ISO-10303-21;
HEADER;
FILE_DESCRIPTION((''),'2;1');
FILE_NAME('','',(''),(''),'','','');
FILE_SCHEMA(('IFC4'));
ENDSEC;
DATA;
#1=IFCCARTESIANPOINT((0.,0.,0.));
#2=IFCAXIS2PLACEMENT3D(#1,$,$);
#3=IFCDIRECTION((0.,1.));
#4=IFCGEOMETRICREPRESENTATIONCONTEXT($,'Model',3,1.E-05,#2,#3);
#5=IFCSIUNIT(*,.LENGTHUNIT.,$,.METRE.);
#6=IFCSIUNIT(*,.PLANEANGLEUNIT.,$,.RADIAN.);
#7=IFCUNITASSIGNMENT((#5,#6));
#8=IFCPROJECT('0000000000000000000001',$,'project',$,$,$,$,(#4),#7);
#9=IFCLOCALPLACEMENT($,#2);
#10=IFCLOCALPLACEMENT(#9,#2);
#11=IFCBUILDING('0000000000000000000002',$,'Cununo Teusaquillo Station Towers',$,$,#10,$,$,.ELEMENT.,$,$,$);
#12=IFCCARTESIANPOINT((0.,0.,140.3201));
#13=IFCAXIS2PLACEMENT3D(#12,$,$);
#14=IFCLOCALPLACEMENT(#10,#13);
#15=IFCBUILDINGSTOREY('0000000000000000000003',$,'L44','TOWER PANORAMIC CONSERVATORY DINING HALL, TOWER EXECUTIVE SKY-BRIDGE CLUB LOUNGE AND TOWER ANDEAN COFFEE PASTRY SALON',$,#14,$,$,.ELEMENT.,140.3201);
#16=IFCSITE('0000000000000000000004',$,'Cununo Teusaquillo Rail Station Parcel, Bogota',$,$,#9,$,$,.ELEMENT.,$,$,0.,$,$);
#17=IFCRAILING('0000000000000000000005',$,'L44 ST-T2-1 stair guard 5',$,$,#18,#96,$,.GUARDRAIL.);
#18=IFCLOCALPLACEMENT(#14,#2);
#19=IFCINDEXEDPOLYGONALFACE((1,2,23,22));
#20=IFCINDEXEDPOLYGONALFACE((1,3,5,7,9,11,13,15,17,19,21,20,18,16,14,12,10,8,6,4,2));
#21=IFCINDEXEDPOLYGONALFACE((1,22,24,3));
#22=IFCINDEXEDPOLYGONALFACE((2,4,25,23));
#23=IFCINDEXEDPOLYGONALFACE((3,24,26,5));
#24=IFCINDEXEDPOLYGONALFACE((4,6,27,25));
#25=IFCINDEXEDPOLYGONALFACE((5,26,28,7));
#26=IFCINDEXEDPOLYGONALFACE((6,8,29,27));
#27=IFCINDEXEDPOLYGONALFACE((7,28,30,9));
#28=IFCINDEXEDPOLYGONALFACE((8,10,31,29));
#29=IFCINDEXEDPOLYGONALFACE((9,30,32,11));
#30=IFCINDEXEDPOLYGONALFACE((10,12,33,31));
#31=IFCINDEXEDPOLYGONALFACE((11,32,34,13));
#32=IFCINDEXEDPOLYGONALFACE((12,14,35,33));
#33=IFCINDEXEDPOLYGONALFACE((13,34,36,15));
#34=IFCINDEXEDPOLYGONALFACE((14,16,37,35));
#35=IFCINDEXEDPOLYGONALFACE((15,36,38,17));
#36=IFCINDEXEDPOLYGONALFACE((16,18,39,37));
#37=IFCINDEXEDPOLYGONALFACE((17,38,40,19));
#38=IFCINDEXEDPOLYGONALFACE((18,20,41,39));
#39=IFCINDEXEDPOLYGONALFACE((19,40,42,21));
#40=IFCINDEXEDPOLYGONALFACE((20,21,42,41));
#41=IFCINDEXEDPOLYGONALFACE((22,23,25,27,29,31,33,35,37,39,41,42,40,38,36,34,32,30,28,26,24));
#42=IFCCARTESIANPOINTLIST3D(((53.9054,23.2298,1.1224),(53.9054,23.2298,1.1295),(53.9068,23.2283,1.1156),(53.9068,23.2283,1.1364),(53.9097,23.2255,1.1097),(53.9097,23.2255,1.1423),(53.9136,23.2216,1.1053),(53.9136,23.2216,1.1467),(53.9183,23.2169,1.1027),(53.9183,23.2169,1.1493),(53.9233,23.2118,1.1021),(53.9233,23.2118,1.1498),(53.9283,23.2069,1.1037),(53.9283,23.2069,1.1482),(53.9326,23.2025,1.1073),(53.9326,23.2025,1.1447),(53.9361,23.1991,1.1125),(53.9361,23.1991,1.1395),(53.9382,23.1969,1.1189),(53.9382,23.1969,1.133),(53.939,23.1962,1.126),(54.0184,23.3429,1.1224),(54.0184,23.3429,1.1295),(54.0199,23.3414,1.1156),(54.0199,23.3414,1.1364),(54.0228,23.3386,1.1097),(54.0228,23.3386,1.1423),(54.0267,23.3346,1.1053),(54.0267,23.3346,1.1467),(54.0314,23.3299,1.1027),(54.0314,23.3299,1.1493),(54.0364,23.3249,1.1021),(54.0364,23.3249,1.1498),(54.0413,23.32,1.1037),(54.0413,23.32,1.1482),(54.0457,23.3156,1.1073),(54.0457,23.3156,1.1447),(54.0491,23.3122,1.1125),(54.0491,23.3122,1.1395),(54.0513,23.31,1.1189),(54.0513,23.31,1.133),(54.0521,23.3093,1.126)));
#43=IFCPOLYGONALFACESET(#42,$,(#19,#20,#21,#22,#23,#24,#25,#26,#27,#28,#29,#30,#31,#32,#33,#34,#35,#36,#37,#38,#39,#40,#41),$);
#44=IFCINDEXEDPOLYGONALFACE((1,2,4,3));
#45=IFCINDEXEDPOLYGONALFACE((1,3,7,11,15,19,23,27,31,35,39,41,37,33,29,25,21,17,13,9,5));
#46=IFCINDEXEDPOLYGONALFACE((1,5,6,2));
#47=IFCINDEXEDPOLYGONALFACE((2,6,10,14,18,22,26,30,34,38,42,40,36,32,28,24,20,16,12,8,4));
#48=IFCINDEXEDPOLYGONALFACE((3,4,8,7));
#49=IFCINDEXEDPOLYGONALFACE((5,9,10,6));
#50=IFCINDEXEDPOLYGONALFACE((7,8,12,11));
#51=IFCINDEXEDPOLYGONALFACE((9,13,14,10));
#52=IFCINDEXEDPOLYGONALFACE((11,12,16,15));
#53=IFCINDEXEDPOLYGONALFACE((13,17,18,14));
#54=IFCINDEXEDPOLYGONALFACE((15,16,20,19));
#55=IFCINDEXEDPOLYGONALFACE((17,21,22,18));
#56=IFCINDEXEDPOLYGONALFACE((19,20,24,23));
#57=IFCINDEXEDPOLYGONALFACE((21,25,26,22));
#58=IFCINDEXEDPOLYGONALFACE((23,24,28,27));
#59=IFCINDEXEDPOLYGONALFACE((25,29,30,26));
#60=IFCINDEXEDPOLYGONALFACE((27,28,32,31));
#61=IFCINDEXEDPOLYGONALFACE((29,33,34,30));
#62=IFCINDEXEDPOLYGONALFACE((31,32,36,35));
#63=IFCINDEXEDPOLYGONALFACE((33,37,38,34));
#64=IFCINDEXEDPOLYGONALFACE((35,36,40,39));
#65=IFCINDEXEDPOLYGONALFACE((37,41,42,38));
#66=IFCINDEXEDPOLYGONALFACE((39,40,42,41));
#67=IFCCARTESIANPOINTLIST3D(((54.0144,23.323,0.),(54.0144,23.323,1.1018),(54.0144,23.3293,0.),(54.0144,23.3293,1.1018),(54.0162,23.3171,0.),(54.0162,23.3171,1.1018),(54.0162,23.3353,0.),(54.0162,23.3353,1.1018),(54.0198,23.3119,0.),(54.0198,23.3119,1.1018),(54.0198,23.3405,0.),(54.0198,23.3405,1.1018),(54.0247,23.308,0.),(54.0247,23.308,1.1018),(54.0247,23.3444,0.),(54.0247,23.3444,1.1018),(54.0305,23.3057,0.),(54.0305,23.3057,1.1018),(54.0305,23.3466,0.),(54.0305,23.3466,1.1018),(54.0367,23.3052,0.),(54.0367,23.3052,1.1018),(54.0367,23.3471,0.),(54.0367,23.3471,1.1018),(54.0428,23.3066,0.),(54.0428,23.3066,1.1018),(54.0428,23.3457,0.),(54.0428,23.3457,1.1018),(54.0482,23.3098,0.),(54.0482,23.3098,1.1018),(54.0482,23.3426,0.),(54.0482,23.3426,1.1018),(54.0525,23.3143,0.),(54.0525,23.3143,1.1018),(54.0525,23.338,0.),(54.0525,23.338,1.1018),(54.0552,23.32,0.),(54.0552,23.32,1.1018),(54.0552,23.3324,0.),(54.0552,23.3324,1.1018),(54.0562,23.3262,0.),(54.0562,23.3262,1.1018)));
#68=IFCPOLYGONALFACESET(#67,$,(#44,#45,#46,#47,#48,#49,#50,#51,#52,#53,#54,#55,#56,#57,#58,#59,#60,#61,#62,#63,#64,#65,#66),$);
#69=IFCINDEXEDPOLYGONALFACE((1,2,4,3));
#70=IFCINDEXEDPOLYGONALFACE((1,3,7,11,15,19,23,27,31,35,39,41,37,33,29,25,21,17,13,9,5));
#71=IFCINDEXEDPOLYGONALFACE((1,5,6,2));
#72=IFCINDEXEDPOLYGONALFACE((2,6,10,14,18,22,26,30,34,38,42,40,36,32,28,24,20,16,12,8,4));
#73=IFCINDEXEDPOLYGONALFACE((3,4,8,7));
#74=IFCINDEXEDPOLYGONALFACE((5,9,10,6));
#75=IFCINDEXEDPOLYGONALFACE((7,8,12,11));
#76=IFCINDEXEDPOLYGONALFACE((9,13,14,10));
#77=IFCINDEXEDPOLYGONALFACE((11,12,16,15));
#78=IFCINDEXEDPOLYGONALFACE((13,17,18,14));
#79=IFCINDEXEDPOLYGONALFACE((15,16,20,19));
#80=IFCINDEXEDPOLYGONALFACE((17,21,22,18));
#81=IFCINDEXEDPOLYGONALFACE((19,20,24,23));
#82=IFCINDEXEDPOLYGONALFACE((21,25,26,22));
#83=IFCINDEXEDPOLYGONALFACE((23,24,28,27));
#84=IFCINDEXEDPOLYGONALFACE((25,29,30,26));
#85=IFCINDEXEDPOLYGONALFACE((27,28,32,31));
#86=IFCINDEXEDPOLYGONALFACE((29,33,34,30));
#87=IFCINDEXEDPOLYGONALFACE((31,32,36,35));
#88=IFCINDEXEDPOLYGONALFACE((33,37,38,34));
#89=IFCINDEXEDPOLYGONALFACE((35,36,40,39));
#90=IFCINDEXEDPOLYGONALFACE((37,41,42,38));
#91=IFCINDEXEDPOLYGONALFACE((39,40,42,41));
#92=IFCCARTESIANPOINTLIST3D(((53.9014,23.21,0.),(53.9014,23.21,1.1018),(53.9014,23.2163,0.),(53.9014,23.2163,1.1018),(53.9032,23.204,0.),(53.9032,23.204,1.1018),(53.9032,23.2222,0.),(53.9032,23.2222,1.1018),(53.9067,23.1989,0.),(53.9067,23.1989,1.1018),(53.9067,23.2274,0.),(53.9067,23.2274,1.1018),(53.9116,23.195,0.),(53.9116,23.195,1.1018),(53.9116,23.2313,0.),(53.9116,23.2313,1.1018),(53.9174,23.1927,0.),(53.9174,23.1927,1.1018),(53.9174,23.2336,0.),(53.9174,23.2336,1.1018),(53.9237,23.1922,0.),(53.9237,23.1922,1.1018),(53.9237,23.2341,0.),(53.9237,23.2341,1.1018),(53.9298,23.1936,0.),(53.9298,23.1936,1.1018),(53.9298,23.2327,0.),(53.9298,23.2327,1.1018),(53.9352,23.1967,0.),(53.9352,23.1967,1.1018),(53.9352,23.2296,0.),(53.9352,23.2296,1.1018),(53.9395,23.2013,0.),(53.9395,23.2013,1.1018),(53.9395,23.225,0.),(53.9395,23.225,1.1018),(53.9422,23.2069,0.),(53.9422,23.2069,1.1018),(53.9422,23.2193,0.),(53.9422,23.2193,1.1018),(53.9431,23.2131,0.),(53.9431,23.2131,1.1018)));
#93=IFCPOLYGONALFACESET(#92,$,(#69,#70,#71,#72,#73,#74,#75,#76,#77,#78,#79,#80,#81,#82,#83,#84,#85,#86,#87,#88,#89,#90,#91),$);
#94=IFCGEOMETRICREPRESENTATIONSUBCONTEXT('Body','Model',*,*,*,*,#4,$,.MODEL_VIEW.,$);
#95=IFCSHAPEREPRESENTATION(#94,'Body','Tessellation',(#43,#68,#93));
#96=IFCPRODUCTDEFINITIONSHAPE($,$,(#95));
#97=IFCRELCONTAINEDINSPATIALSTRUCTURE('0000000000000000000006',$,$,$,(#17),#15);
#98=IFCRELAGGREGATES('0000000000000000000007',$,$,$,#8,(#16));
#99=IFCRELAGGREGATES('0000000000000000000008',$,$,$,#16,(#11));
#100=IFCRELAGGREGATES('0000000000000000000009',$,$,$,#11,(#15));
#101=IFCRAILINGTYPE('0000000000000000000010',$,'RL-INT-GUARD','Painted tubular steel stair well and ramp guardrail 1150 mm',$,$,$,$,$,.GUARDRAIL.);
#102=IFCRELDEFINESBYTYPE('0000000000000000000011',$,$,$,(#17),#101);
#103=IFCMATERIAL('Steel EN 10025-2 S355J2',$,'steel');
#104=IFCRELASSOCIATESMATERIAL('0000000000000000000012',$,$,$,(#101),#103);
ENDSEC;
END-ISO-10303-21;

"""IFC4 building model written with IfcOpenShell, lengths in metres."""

from ifc_helpers import new_model, si_unit, direction, frame, origin, origin_2d, place, context, subcontext, project, spatial, circle, extrude, material, type_object, element, save


model = new_model("IFC4")

# Units and contexts
model_context = context("Model", 3, precision=1e-05, world=origin(), true_north=direction((0.0, 1.0)))
body_context = subcontext(model_context, "Body", "Model", "MODEL_VIEW")
ifc_project = project(units=[si_unit("LENGTHUNIT", "METRE"), si_unit("PLANEANGLEUNIT", "RADIAN")], contexts=[model_context])

# Site, building, storey
site_placement = place(None, origin())
site = spatial("IfcSite", under=ifc_project, at=site_placement, Name="Cununo Teusaquillo Rail Station Parcel, Bogota", CompositionType="ELEMENT", RefElevation=0.0)
building_placement = place(site_placement, origin())
building = spatial("IfcBuilding", under=site, at=building_placement, Name="Cununo Teusaquillo Station Towers", CompositionType="ELEMENT")
storey_placement = place(building_placement, frame((0.0, 0.0, 140.3201)))
storey = spatial("IfcBuildingStorey", under=building, at=storey_placement, Name="L44", Description="TOWER PANORAMIC CONSERVATORY DINING HALL, TOWER EXECUTIVE SKY-BRIDGE CLUB LOUNGE AND TOWER ANDEAN COFFEE PASTRY SALON", CompositionType="ELEMENT", Elevation=140.3201)

# Railing
ifc_material_1 = material(Name="Steel EN 10025-2 S355J2", Category="steel")
railing_type_1 = type_object("IfcRailingType", Name="RL-INT-GUARD", Description="Painted tubular steel stair well and ramp guardrail 1150 mm", PredefinedType="GUARDRAIL", material=ifc_material_1)
railing_1_placement = place(storey_placement, frame((54.0352, 23.3262, 0.0)))
element("IfcRailing", 1, at=railing_1_placement, inside=storey, type_object=railing_type_1, Name="L44 ST-T2-1 stair guard 5", PredefinedType="GUARDRAIL", context=body_context, shape_type="SweptSolid", body=[
    extrude(circle(Radius=0.0239, at=origin_2d()), frame((0.0, 0.0, 1.126), z_axis=(-0.707107, -0.707107, 0.0), x_axis=(0.707107, -0.707107, 0.0)), (0.0, 0.0, 1.0), 0.1599),
    extrude(circle(Radius=0.021, at=origin_2d()), origin(), (0.0, 0.0, 1.0), 1.1018),
    extrude(circle(Radius=0.021, at=origin_2d()), frame((-0.113, -0.113, 0.0)), (0.0, 0.0, 1.0), 1.1018),
])

save(model, "model.ifc")
